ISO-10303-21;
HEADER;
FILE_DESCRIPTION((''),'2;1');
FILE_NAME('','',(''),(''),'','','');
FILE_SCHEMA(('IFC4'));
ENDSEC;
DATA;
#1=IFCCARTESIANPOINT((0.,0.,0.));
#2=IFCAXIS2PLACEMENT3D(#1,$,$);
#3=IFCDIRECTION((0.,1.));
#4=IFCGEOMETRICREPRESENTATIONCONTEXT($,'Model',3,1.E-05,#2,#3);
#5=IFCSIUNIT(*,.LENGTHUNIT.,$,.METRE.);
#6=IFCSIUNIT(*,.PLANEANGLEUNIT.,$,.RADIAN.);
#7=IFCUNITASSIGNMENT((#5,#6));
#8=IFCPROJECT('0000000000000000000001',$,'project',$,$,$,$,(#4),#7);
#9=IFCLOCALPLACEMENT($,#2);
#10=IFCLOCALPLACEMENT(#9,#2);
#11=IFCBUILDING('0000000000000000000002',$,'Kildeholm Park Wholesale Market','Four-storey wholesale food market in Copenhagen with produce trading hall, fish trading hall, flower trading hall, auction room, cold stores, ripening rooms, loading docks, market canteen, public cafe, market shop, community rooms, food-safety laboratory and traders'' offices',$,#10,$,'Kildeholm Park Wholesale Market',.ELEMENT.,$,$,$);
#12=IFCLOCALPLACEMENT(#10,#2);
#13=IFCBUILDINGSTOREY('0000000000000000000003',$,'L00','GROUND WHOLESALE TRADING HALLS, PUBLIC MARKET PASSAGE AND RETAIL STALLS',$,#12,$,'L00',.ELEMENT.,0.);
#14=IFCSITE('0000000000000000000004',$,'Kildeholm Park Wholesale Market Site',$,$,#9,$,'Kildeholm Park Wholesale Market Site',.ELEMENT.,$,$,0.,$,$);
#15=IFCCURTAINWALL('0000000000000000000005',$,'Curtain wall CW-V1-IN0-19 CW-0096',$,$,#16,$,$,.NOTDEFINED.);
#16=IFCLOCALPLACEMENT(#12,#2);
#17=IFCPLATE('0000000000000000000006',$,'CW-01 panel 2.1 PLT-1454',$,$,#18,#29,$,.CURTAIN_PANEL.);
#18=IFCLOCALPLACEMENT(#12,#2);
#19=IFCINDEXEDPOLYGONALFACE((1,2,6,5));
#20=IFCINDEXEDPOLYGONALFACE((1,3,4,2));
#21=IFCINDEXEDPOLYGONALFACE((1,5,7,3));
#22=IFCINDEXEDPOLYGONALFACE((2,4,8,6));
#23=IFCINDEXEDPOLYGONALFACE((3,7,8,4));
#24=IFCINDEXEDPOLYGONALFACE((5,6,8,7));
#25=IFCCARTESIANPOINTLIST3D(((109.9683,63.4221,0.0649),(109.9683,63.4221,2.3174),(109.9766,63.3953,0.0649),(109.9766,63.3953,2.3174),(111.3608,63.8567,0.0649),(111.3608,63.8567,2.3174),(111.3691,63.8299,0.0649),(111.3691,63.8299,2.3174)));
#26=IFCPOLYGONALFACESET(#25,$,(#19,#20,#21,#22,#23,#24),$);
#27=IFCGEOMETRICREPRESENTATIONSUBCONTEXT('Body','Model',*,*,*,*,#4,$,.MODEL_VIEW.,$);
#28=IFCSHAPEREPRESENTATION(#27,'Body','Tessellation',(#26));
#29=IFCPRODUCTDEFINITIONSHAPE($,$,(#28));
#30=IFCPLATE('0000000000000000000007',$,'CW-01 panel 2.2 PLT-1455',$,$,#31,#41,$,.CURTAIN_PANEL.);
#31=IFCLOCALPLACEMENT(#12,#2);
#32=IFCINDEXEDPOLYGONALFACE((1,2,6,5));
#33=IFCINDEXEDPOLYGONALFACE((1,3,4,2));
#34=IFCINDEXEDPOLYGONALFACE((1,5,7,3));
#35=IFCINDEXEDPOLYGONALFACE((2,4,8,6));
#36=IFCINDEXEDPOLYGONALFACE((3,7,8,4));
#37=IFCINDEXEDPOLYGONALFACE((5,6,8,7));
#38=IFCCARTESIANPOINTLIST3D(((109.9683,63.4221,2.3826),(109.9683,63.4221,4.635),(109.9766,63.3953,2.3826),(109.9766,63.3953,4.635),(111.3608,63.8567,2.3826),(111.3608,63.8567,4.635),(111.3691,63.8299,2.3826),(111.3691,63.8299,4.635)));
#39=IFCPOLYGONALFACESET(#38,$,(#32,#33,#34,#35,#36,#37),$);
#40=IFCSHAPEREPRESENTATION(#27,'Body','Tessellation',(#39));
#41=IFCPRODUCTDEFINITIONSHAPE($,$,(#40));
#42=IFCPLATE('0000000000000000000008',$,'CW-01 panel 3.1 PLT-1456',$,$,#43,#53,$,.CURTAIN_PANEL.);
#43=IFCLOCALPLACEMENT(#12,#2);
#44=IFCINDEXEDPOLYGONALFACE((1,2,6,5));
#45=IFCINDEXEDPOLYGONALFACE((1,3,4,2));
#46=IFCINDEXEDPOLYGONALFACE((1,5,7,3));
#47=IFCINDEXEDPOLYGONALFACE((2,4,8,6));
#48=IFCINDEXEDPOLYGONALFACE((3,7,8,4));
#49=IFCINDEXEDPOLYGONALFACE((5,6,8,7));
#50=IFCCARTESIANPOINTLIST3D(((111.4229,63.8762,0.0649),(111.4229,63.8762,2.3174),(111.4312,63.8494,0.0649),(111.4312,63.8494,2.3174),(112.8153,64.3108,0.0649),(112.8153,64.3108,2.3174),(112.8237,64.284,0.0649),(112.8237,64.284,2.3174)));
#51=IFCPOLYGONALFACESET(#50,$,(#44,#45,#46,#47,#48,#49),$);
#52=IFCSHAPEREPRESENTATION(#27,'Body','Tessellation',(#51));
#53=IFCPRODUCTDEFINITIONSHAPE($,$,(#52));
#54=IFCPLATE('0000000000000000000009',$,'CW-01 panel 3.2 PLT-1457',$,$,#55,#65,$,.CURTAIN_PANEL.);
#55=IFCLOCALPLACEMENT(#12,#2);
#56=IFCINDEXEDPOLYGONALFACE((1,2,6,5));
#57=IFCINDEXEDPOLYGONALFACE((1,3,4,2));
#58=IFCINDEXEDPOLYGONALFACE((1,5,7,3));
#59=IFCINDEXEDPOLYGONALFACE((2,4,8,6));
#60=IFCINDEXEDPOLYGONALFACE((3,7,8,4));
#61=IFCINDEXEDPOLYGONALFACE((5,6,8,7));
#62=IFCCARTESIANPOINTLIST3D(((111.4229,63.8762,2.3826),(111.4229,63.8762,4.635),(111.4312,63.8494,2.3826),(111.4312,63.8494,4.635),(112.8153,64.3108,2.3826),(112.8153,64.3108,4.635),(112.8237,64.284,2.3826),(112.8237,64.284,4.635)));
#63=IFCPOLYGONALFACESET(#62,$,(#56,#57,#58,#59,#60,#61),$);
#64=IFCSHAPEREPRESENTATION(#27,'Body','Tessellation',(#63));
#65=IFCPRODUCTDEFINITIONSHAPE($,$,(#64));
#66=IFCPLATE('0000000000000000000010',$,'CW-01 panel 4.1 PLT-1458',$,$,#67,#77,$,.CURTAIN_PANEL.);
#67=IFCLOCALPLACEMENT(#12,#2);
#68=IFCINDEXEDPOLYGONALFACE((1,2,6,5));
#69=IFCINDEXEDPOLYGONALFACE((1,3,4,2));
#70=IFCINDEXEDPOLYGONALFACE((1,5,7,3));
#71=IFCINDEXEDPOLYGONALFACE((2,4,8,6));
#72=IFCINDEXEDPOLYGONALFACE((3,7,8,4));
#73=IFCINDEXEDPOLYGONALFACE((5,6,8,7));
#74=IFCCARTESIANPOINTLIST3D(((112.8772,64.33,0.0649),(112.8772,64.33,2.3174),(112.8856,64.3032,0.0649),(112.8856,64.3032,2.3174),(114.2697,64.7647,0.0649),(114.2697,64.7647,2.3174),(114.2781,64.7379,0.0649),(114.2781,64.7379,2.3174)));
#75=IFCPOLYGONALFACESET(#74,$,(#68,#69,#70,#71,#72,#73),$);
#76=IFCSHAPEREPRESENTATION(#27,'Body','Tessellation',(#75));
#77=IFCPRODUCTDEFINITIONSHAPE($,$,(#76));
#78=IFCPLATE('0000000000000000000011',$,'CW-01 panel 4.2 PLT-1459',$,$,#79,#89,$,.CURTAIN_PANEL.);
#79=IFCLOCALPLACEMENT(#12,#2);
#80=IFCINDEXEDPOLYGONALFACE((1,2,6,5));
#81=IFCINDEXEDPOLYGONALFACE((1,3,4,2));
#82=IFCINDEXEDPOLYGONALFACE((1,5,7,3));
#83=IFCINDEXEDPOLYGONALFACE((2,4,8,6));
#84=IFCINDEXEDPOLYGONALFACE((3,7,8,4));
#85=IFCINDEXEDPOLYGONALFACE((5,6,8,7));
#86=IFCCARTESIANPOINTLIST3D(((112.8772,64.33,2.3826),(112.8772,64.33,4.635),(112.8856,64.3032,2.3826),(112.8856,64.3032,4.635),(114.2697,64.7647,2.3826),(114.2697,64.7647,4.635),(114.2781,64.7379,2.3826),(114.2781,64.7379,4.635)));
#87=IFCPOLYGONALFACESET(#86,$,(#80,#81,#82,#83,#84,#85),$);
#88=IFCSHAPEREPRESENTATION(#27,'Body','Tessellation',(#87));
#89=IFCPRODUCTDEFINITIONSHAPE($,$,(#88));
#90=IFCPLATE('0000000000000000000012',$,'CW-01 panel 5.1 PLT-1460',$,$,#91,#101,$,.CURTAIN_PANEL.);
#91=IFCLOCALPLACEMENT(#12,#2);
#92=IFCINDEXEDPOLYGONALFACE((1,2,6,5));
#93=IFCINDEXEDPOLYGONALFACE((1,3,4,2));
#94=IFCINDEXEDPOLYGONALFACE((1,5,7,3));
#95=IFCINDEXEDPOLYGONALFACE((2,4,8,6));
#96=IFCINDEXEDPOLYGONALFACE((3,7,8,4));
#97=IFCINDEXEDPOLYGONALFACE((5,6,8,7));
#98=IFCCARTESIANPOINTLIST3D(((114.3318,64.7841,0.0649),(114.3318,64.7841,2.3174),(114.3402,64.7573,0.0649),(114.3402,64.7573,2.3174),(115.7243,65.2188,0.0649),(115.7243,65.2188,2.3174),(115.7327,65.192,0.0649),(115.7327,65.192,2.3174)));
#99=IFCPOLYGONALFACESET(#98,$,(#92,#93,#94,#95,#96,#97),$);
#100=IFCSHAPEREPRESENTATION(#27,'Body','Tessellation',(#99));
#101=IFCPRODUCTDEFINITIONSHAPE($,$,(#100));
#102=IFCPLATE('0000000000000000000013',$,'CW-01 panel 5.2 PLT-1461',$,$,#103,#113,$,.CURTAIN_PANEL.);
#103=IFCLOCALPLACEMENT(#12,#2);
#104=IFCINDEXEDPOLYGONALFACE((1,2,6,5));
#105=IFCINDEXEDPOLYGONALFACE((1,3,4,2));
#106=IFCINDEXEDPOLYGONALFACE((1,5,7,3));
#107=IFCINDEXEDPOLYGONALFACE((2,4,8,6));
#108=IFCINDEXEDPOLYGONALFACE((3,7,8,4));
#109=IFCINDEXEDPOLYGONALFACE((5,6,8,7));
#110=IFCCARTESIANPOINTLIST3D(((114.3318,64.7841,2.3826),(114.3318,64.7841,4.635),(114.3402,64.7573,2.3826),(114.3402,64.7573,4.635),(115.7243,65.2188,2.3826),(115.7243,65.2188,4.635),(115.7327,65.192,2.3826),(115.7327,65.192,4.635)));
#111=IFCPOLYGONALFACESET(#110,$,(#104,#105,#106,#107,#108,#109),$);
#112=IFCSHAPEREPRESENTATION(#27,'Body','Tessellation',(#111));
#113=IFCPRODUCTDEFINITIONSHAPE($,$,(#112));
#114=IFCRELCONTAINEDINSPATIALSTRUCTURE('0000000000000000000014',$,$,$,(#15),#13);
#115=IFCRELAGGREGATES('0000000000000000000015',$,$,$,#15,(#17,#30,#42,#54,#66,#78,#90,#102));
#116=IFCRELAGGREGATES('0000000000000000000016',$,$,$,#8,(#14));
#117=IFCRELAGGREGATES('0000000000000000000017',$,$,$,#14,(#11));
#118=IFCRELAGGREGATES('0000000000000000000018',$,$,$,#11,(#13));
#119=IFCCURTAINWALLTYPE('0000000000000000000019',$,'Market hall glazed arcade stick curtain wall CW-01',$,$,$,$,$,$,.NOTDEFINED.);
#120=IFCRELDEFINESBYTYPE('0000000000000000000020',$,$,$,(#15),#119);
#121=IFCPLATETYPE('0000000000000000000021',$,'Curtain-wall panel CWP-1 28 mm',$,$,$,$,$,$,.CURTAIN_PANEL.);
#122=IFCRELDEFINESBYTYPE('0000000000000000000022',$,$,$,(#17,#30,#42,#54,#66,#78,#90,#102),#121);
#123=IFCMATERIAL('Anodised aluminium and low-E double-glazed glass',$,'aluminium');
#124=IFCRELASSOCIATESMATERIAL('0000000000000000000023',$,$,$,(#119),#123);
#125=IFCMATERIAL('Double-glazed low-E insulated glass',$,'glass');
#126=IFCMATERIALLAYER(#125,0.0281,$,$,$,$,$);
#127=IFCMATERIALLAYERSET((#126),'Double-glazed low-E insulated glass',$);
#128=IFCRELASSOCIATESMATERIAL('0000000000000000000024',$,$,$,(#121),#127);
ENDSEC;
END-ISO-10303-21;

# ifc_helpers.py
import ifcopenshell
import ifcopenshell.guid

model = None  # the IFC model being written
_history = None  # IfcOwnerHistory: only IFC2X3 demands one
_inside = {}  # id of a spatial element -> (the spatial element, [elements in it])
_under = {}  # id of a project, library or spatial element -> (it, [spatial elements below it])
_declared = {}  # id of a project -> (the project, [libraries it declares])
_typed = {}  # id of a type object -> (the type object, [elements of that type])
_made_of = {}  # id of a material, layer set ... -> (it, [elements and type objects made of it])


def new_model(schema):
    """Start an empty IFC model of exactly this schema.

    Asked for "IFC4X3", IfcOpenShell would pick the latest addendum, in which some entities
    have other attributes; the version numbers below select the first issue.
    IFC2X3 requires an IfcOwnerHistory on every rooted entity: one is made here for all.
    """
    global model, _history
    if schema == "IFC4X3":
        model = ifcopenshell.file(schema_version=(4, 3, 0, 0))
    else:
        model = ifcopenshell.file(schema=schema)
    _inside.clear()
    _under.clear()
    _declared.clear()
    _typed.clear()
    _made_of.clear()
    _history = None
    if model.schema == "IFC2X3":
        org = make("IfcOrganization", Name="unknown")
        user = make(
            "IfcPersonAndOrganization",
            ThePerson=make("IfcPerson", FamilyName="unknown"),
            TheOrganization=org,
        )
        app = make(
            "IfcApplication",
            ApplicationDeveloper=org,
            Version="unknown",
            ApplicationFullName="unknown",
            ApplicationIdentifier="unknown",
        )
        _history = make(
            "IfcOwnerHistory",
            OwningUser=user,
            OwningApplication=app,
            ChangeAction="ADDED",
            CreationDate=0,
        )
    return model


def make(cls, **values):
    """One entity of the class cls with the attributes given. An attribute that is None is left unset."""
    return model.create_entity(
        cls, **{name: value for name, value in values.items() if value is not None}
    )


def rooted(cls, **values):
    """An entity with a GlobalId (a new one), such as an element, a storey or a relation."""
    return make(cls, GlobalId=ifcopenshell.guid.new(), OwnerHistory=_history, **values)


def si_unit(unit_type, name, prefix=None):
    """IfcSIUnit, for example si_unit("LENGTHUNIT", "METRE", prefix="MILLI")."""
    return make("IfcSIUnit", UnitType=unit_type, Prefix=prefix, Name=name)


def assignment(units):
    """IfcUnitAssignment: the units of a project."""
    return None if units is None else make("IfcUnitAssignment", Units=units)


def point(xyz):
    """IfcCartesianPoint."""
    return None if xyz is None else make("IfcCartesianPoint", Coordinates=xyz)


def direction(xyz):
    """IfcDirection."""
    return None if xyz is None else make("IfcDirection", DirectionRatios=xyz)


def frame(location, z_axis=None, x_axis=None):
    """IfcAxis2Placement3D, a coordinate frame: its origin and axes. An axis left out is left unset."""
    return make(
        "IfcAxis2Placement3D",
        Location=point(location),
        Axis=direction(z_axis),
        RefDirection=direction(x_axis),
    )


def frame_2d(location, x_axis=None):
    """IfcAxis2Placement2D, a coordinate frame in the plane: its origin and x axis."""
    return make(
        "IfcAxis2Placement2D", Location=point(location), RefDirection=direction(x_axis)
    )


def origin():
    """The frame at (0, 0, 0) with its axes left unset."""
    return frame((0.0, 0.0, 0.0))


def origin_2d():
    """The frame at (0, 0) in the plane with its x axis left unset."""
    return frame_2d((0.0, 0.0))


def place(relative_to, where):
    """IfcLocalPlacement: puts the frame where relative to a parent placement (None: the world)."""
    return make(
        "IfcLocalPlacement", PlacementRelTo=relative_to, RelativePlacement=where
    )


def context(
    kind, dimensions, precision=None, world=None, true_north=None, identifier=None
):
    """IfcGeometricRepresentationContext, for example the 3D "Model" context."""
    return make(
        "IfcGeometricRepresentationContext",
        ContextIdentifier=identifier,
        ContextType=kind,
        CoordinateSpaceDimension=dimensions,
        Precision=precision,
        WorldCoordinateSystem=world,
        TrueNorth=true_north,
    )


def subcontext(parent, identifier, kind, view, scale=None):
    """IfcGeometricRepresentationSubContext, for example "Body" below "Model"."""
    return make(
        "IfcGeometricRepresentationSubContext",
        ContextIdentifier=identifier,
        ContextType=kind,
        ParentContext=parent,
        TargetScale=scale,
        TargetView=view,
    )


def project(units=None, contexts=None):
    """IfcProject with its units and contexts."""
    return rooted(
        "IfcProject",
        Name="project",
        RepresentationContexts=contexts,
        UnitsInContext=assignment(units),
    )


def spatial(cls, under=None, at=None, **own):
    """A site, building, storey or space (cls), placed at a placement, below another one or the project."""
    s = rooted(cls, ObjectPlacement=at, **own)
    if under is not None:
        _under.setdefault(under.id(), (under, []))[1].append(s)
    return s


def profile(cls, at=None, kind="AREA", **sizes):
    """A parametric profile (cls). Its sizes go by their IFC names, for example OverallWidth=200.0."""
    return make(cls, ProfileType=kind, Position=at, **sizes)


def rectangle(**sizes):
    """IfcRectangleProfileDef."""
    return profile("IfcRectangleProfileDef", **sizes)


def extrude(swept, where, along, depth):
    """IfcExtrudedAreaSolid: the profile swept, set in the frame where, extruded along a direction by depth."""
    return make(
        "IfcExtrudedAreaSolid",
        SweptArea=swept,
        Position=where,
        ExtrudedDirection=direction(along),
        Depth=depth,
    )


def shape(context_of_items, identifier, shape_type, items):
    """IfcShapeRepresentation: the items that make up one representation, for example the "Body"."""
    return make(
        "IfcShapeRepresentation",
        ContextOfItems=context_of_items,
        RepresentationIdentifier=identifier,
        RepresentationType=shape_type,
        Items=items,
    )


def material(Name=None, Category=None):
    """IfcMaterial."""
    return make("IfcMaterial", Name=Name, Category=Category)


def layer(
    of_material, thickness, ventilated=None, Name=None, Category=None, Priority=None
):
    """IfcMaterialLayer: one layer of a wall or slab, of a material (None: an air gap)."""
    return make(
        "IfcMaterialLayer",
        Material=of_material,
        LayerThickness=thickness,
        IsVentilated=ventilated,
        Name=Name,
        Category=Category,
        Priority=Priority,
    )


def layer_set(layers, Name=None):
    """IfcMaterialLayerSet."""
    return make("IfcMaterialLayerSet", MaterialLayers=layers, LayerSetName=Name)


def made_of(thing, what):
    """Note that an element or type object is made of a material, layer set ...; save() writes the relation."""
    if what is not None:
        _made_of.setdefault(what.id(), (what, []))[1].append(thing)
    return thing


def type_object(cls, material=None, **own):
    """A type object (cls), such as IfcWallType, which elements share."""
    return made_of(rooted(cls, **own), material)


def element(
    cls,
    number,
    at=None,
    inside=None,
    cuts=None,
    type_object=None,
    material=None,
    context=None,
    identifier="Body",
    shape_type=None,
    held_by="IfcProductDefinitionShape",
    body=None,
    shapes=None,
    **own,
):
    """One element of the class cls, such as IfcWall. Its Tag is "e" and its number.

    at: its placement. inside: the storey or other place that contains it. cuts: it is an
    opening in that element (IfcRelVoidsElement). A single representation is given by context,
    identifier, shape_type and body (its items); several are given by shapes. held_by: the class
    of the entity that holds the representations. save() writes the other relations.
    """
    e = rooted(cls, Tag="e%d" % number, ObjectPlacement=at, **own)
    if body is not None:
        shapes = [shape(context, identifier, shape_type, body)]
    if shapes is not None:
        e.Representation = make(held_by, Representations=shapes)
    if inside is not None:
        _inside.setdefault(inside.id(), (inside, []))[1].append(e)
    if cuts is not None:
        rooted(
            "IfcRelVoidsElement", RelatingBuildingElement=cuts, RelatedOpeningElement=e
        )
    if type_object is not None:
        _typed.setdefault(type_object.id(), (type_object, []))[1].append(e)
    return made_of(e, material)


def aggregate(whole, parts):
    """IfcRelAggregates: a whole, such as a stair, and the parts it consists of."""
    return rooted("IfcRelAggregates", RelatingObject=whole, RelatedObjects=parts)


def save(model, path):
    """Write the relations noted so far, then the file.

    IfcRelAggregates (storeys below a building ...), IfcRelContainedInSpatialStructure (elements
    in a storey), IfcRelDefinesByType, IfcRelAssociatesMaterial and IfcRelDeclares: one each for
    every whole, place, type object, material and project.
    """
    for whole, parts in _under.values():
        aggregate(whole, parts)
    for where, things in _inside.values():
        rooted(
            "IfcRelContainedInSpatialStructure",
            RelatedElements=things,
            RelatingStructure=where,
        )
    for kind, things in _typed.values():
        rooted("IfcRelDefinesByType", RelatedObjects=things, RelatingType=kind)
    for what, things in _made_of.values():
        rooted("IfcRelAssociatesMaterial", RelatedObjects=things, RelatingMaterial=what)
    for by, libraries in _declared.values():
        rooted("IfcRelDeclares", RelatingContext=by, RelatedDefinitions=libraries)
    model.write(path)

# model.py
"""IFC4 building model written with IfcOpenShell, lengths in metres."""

from ifc_helpers import new_model, si_unit, direction, frame, origin, origin_2d, place, context, subcontext, project, spatial, rectangle, extrude, material, layer, layer_set, type_object, element, aggregate, save


model = new_model("IFC4")

# Units and contexts
model_context = context("Model", 3, precision=1e-05, world=origin(), true_north=direction((0.0, 1.0)))
body_context = subcontext(model_context, "Body", "Model", "MODEL_VIEW")
ifc_project = project(units=[si_unit("LENGTHUNIT", "METRE"), si_unit("PLANEANGLEUNIT", "RADIAN")], contexts=[model_context])

# Site, building, storey
site_placement = place(None, origin())
site = spatial("IfcSite", under=ifc_project, at=site_placement, Name="Kildeholm Park Wholesale Market Site", LongName="Kildeholm Park Wholesale Market Site", CompositionType="ELEMENT", RefElevation=0.0)
building_placement = place(site_placement, origin())
building = spatial("IfcBuilding", under=site, at=building_placement, Name="Kildeholm Park Wholesale Market", Description="Four-storey wholesale food market in Copenhagen with produce trading hall, fish trading hall, flower trading hall, auction room, cold stores, ripening rooms, loading docks, market canteen, public cafe, market shop, community rooms, food-safety laboratory and traders' offices", LongName="Kildeholm Park Wholesale Market", CompositionType="ELEMENT")
storey_placement = place(building_placement, origin())
storey = spatial("IfcBuildingStorey", under=building, at=storey_placement, Name="L00", Description="GROUND WHOLESALE TRADING HALLS, PUBLIC MARKET PASSAGE AND RETAIL STALLS", LongName="L00", CompositionType="ELEMENT", Elevation=0.0)

# Curtain wall, plates
ifc_material_1 = material(Name="Anodised aluminium and low-E double-glazed glass", Category="aluminium")
curtain_wall_type = type_object("IfcCurtainWallType", Name="Market hall glazed arcade stick curtain wall CW-01", PredefinedType="NOTDEFINED", material=ifc_material_1)
curtain_wall_placement = place(storey_placement, origin())
curtain_wall = element("IfcCurtainWall", 1, at=curtain_wall_placement, inside=storey, type_object=curtain_wall_type, Name="Curtain wall CW-V1-IN0-19 CW-0096", PredefinedType="NOTDEFINED")
ifc_material_2 = material(Name="Double-glazed low-E insulated glass", Category="glass")
ifc_layer = layer(ifc_material_2, 0.0281)
ifc_layer_set = layer_set([ifc_layer], Name="Double-glazed low-E insulated glass")
plate_type = type_object("IfcPlateType", Name="Curtain-wall panel CWP-1 28 mm", PredefinedType="CURTAIN_PANEL", material=ifc_layer_set)
plate_1_placement = place(storey_placement, frame((110.6687, 63.626, 0.0649), z_axis=(0.0, 0.0, 1.0), x_axis=(0.954579, 0.297957, 0.0)))
plate_1 = element("IfcPlate", 2, at=plate_1_placement, type_object=plate_type, Name="CW-01 panel 2.1 PLT-1454", PredefinedType="CURTAIN_PANEL", context=body_context, shape_type="SweptSolid", body=[
    extrude(rectangle(XDim=1.4587, YDim=0.0281, at=origin_2d()), origin(), (0.0, 0.0, 1.0), 2.2524),
])
plate_2_placement = place(storey_placement, frame((110.6687, 63.626, 2.3826), z_axis=(0.0, 0.0, 1.0), x_axis=(0.954579, 0.297957, 0.0)))
plate_2 = element("IfcPlate", 3, at=plate_2_placement, type_object=plate_type, Name="CW-01 panel 2.2 PLT-1455", PredefinedType="CURTAIN_PANEL", context=body_context, shape_type="SweptSolid", body=[
    extrude(rectangle(XDim=1.4587, YDim=0.0281, at=origin_2d()), origin(), (0.0, 0.0, 1.0), 2.2524),
])
plate_3_placement = place(storey_placement, frame((112.1233, 64.0801, 0.0649), z_axis=(0.0, 0.0, 1.0), x_axis=(0.954579, 0.297957, 0.0)))
plate_3 = element("IfcPlate", 4, at=plate_3_placement, type_object=plate_type, Name="CW-01 panel 3.1 PLT-1456", PredefinedType="CURTAIN_PANEL", context=body_context, shape_type="SweptSolid", body=[
    extrude(rectangle(XDim=1.4587, YDim=0.0281, at=origin_2d()), origin(), (0.0, 0.0, 1.0), 2.2524),
])
plate_4_placement = place(storey_placement, frame((112.1233, 64.0801, 2.3826), z_axis=(0.0, 0.0, 1.0), x_axis=(0.954579, 0.297957, 0.0)))
plate_4 = element("IfcPlate", 5, at=plate_4_placement, type_object=plate_type, Name="CW-01 panel 3.2 PLT-1457", PredefinedType="CURTAIN_PANEL", context=body_context, shape_type="SweptSolid", body=[
    extrude(rectangle(XDim=1.4587, YDim=0.0281, at=origin_2d()), origin(), (0.0, 0.0, 1.0), 2.2524),
])
plate_5_placement = place(storey_placement, frame((113.5776, 64.5339, 0.0649), z_axis=(0.0, 0.0, 1.0), x_axis=(0.954579, 0.297957, 0.0)))
plate_5 = element("IfcPlate", 6, at=plate_5_placement, type_object=plate_type, Name="CW-01 panel 4.1 PLT-1458", PredefinedType="CURTAIN_PANEL", context=body_context, shape_type="SweptSolid", body=[
    extrude(rectangle(XDim=1.4587, YDim=0.0281, at=origin_2d()), origin(), (0.0, 0.0, 1.0), 2.2524),
])
plate_6_placement = place(storey_placement, frame((113.5776, 64.5339, 2.3826), z_axis=(0.0, 0.0, 1.0), x_axis=(0.954579, 0.297957, 0.0)))
plate_6 = element("IfcPlate", 7, at=plate_6_placement, type_object=plate_type, Name="CW-01 panel 4.2 PLT-1459", PredefinedType="CURTAIN_PANEL", context=body_context, shape_type="SweptSolid", body=[
    extrude(rectangle(XDim=1.4587, YDim=0.0281, at=origin_2d()), origin(), (0.0, 0.0, 1.0), 2.2524),
])
plate_7_placement = place(storey_placement, frame((115.0322, 64.988, 0.0649), z_axis=(0.0, 0.0, 1.0), x_axis=(0.954579, 0.297957, 0.0)))
plate_7 = element("IfcPlate", 8, at=plate_7_placement, type_object=plate_type, Name="CW-01 panel 5.1 PLT-1460", PredefinedType="CURTAIN_PANEL", context=body_context, shape_type="SweptSolid", body=[
    extrude(rectangle(XDim=1.4587, YDim=0.0281, at=origin_2d()), origin(), (0.0, 0.0, 1.0), 2.2524),
])
plate_8_placement = place(storey_placement, frame((115.0322, 64.988, 2.3826), z_axis=(0.0, 0.0, 1.0), x_axis=(0.954579, 0.297957, 0.0)))
plate_8 = element("IfcPlate", 9, at=plate_8_placement, type_object=plate_type, Name="CW-01 panel 5.2 PLT-1461", PredefinedType="CURTAIN_PANEL", context=body_context, shape_type="SweptSolid", body=[
    extrude(rectangle(XDim=1.4587, YDim=0.0281, at=origin_2d()), origin(), (0.0, 0.0, 1.0), 2.2524),
])
aggregate(curtain_wall, [plate_1, plate_2, plate_3, plate_4, plate_5, plate_6, plate_7, plate_8])

save(model, "model.ifc")
